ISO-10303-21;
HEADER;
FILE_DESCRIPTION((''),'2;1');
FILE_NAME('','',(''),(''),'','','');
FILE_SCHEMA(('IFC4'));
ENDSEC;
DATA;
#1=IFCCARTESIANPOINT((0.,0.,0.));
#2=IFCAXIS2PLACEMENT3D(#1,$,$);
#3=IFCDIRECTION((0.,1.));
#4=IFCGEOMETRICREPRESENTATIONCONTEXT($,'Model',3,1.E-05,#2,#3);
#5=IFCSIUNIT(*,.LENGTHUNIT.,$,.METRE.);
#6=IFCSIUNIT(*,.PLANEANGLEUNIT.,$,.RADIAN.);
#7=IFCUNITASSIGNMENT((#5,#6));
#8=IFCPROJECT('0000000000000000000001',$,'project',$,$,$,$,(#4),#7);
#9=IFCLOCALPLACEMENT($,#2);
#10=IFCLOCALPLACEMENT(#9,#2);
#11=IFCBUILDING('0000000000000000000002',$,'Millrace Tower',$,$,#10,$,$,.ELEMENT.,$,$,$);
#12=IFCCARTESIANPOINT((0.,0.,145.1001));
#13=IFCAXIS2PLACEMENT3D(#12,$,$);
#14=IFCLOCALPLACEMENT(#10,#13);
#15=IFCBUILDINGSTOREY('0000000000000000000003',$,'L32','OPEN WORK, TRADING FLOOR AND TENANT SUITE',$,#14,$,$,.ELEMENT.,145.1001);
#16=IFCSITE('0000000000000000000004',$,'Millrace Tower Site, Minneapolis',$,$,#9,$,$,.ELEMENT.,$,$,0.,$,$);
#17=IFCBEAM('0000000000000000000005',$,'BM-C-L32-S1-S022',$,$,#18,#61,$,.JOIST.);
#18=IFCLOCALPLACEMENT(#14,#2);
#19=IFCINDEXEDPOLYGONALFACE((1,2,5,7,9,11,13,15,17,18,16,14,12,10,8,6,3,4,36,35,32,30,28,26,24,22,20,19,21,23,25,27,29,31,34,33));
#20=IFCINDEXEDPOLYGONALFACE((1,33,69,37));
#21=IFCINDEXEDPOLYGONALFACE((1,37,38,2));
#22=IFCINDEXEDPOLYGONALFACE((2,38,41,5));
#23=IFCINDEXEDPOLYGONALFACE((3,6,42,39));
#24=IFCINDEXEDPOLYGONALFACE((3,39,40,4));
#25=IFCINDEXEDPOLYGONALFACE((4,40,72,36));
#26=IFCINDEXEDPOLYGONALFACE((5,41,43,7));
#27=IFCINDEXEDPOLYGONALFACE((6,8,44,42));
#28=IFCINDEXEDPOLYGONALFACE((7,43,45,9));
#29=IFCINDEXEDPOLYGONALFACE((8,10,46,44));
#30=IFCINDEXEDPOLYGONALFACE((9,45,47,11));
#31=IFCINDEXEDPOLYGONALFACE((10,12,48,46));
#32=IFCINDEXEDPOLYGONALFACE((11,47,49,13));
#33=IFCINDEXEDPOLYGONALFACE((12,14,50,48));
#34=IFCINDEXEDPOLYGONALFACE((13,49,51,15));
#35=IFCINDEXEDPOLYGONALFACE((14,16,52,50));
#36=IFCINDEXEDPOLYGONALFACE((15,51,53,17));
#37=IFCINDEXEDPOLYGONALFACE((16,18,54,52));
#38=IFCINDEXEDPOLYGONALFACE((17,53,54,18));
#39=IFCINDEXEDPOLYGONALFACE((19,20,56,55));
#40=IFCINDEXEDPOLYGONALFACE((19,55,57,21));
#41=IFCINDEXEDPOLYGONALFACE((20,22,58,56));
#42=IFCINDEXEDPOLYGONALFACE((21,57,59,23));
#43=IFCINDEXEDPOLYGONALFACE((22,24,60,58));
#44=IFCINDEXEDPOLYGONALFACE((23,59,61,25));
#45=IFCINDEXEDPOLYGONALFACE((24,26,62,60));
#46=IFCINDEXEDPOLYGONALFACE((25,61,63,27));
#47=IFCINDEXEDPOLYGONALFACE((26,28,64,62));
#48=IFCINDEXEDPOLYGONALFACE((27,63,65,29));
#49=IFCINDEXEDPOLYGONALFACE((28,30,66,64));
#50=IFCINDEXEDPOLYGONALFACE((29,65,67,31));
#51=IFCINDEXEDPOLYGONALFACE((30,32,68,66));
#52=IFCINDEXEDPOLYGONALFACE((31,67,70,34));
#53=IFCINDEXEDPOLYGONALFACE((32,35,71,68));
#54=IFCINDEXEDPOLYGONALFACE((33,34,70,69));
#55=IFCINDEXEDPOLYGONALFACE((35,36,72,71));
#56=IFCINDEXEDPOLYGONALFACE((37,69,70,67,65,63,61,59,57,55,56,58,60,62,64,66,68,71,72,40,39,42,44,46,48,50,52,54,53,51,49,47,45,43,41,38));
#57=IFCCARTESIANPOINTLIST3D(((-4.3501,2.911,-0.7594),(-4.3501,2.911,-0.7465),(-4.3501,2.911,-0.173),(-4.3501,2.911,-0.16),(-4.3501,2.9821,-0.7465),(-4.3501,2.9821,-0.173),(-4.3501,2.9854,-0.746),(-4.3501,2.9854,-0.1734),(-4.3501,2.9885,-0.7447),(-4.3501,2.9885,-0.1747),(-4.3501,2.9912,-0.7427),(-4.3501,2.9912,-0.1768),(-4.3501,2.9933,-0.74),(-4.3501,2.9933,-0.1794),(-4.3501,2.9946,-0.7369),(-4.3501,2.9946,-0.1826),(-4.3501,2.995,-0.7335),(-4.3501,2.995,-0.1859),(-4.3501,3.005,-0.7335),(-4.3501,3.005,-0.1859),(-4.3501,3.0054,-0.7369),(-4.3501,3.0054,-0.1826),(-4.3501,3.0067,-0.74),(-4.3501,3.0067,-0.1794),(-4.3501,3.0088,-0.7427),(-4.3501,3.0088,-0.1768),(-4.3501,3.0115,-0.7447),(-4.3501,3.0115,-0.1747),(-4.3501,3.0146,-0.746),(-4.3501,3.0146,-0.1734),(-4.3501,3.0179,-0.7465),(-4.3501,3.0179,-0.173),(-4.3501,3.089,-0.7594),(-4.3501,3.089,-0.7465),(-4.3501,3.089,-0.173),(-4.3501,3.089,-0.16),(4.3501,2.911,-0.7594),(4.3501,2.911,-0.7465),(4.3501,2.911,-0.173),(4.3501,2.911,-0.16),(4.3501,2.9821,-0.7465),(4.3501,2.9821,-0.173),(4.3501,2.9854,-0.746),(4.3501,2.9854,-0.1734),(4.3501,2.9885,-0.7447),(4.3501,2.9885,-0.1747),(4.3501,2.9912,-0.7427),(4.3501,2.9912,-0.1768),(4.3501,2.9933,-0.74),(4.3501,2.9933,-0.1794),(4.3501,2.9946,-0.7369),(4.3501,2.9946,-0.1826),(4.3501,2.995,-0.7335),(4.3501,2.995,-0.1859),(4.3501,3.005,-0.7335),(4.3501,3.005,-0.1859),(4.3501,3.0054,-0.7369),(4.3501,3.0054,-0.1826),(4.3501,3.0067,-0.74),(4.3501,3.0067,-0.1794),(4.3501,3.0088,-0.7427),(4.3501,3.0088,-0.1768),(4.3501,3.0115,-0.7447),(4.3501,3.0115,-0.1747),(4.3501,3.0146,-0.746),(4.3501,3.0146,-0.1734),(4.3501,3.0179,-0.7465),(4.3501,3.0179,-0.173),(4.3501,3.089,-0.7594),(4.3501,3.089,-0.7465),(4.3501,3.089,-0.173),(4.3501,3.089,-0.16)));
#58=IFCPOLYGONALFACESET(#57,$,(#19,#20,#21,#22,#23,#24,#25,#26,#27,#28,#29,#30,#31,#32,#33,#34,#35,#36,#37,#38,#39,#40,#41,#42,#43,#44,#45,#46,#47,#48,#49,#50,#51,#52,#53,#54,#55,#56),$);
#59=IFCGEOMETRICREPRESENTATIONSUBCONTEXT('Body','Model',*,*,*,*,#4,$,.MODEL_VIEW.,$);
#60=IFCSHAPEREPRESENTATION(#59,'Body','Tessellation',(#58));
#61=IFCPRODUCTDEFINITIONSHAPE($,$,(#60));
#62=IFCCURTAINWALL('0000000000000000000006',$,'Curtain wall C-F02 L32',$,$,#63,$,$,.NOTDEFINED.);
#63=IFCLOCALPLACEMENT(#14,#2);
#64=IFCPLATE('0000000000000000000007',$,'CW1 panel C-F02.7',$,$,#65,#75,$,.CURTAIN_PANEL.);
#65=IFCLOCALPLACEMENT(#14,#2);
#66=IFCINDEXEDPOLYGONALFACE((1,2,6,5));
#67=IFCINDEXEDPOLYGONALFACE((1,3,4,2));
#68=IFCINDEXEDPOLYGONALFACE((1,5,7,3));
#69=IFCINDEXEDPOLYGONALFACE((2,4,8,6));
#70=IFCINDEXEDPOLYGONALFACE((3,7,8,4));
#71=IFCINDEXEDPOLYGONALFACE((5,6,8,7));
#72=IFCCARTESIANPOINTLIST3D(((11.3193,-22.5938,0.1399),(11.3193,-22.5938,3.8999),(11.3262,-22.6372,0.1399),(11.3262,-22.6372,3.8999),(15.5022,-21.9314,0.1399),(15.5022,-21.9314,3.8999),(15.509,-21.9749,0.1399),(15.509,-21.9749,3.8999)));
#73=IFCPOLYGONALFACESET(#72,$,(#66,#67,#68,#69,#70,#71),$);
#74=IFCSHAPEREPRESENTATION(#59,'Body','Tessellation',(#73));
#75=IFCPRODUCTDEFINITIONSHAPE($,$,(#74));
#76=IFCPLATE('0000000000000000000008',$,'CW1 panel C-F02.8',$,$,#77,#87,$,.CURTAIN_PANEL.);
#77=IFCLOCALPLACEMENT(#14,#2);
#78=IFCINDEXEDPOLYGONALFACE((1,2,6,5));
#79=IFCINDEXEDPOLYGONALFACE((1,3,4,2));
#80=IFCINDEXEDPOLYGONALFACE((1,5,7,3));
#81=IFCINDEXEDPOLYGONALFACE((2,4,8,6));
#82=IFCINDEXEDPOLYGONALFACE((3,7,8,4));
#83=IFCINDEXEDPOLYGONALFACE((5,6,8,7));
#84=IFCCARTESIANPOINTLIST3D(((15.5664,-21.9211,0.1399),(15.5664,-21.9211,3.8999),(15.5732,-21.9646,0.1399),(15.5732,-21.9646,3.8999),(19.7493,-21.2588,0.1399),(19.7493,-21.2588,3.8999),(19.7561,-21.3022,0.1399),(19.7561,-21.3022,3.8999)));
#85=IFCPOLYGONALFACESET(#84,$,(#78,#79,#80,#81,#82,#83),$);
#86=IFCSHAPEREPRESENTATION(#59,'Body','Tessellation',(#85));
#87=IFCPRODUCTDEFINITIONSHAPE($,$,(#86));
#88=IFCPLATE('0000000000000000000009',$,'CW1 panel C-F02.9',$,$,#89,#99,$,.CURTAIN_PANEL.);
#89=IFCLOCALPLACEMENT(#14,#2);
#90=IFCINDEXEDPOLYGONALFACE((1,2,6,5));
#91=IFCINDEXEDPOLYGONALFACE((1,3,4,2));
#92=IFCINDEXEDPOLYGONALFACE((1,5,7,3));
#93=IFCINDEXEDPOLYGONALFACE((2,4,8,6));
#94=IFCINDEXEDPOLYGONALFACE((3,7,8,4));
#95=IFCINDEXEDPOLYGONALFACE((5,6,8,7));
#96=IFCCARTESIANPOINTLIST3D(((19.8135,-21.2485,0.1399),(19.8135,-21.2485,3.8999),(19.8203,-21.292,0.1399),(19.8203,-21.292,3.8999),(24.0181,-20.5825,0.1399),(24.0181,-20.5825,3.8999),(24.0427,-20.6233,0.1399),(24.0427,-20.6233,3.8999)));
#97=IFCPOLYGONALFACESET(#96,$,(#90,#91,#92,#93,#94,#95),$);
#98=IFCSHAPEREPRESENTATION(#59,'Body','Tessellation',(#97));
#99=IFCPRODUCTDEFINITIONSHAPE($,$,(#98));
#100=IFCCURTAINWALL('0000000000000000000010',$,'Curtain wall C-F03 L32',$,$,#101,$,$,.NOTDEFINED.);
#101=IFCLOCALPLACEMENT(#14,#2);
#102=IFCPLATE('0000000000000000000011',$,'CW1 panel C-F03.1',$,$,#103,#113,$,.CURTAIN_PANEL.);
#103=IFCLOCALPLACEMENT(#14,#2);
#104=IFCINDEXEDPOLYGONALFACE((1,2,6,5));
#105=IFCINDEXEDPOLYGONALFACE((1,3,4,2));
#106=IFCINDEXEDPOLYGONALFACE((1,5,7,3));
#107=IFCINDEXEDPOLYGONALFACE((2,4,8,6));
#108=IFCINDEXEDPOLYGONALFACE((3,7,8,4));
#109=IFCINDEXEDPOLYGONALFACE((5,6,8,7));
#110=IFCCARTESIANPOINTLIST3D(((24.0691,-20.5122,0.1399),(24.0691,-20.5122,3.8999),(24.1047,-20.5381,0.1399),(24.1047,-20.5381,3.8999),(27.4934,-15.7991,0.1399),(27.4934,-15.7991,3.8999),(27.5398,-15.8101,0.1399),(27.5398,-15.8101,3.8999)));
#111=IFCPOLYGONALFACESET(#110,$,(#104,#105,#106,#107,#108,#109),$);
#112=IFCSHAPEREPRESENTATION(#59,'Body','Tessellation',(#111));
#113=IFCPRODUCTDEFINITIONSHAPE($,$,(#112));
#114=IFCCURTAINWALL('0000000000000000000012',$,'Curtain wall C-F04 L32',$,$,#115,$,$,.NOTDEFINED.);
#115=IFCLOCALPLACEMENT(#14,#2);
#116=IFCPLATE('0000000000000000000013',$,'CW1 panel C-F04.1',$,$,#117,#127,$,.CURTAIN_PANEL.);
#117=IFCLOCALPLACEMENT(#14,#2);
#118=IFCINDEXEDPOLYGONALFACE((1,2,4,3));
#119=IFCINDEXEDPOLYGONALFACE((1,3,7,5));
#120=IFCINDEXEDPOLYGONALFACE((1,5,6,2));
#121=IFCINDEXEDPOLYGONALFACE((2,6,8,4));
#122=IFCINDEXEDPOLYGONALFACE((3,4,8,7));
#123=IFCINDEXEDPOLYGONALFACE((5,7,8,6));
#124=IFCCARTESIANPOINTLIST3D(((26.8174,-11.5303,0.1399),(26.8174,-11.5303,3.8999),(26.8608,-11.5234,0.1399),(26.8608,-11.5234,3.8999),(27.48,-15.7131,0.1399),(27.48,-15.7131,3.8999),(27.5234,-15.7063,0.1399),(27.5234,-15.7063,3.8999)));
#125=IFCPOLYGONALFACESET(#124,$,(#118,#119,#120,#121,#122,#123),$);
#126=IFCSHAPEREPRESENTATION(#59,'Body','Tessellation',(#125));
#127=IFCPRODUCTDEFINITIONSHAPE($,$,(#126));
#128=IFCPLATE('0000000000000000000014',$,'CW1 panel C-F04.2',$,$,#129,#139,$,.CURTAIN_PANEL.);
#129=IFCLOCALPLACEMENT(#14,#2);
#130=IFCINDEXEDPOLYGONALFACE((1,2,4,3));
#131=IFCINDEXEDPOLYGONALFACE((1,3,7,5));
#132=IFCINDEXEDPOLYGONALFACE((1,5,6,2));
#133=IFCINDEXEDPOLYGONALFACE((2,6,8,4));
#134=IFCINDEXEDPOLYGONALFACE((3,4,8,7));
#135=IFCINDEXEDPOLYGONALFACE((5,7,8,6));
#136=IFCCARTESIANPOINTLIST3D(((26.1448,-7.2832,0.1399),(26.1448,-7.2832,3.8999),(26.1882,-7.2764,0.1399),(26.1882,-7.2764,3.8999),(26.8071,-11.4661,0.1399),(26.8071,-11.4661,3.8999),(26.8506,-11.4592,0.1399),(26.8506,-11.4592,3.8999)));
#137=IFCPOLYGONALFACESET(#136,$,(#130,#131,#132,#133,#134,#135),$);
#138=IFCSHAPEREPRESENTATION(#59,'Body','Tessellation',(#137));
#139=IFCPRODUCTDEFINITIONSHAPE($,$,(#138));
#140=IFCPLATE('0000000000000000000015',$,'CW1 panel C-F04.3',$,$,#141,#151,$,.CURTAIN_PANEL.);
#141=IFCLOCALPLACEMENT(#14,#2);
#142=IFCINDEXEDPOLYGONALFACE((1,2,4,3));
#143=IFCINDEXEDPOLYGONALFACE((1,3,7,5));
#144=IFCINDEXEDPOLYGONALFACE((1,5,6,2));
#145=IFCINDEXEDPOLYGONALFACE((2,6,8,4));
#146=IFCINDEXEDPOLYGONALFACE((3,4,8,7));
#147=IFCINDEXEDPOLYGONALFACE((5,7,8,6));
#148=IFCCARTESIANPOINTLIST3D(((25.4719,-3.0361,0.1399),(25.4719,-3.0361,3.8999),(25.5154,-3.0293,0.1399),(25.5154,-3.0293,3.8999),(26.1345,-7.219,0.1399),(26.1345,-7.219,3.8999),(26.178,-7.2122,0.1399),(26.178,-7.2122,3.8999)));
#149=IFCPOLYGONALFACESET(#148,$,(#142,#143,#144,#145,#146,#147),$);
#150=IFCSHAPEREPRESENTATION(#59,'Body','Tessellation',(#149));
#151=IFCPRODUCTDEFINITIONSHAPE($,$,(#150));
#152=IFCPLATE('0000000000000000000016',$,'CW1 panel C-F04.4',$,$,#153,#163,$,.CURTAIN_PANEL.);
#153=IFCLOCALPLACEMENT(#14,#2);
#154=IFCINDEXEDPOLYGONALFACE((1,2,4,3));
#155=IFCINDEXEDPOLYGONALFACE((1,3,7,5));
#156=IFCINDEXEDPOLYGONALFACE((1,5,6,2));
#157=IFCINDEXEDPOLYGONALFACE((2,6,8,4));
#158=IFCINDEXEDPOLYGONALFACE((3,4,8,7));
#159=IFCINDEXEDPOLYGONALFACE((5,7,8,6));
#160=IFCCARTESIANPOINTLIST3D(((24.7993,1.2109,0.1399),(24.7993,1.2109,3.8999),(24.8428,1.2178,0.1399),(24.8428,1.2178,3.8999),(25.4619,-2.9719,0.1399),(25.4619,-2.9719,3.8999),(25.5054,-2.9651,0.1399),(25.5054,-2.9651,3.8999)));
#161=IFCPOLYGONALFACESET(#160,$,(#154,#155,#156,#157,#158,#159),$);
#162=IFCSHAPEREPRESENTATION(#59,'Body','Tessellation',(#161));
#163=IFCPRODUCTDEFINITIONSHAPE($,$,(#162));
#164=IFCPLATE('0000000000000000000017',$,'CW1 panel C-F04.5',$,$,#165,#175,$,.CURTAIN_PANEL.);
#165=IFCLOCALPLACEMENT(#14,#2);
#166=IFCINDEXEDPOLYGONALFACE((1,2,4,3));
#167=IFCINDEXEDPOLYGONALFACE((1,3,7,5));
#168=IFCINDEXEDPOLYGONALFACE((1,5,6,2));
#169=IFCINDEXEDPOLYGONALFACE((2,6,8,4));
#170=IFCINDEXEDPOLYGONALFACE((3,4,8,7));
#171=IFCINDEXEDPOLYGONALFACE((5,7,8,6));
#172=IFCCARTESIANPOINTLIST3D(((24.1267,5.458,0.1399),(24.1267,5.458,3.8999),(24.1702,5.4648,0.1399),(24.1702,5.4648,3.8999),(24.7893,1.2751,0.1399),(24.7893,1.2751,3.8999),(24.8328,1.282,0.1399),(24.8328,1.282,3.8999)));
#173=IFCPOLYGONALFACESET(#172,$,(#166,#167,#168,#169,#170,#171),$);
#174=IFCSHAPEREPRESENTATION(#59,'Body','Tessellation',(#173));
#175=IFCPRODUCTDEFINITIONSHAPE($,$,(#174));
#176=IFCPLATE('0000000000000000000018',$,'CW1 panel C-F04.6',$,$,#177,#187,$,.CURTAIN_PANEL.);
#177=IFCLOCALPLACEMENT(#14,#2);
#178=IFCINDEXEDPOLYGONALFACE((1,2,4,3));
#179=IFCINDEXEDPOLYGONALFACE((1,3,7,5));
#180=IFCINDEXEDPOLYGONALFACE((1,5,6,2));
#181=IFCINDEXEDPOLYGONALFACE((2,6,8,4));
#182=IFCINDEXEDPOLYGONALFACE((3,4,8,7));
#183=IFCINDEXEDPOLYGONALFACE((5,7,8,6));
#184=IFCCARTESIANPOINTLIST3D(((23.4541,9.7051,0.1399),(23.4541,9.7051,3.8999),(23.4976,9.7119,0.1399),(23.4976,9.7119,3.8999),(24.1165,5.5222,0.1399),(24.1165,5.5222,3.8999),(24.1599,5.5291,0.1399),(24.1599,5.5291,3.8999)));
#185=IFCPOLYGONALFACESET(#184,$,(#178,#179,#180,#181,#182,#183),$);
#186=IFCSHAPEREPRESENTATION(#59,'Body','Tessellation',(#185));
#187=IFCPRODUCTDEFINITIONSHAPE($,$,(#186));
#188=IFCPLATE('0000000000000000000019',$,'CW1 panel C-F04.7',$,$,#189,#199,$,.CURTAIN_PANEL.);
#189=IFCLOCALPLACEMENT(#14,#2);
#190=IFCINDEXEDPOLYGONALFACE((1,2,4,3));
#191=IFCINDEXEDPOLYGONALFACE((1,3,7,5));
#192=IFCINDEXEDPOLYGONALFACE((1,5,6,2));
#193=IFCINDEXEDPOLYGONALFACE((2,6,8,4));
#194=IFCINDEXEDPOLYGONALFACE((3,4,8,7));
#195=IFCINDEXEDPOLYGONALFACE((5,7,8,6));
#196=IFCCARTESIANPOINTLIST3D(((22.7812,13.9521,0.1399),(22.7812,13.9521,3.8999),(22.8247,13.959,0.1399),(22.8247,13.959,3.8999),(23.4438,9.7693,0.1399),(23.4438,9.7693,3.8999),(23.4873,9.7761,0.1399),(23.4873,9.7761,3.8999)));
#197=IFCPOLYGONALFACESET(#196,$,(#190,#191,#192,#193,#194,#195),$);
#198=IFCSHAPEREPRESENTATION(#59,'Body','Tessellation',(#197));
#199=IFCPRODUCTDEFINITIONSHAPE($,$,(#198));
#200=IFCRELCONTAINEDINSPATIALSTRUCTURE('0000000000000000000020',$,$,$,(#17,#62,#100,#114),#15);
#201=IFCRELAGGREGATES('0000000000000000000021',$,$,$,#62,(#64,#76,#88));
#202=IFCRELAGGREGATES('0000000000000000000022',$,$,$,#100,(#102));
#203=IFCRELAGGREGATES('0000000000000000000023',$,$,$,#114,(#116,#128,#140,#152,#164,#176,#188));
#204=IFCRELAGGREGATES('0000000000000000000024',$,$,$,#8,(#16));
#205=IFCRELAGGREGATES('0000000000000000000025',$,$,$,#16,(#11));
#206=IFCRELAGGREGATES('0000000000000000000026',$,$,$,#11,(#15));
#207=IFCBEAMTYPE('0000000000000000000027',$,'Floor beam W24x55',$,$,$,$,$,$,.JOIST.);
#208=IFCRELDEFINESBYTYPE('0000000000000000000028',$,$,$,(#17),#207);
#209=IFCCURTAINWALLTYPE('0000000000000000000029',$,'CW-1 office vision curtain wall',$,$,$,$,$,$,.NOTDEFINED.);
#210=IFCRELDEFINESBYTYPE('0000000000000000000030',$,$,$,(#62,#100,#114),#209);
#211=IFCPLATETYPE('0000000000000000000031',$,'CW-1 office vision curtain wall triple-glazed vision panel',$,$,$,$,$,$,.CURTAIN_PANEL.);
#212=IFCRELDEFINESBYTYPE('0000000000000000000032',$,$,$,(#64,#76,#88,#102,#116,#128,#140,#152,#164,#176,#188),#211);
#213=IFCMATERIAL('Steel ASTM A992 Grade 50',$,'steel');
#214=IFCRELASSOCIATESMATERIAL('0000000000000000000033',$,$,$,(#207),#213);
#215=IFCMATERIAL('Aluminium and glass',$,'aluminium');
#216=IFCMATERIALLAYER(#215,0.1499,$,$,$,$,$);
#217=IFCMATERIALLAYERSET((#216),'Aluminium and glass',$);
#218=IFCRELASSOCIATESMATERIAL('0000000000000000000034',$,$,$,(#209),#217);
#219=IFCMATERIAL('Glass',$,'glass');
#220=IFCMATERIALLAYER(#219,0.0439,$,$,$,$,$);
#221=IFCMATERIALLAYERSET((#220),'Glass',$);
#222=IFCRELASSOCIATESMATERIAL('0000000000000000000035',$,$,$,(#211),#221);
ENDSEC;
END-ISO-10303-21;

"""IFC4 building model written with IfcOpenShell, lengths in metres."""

from ifc_helpers import new_model, si_unit, direction, frame, origin, origin_2d, place, context, subcontext, project, spatial, polyline, i_section, outline, extrude, material, layer, layer_set, material_profile, profile_set, type_object, element, aggregate, save


model = new_model("IFC4")

# Units and contexts
model_context = context("Model", 3, precision=1e-05, world=origin(), true_north=direction((0.0, 1.0)))
body_context = subcontext(model_context, "Body", "Model", "MODEL_VIEW")
ifc_project = project(units=[si_unit("LENGTHUNIT", "METRE"), si_unit("PLANEANGLEUNIT", "RADIAN")], contexts=[model_context])

# Site, building, storey
site_placement = place(None, origin())
site = spatial("IfcSite", under=ifc_project, at=site_placement, Name="Millrace Tower Site, Minneapolis", CompositionType="ELEMENT", RefElevation=0.0)
building_placement = place(site_placement, origin())
building = spatial("IfcBuilding", under=site, at=building_placement, Name="Millrace Tower", CompositionType="ELEMENT")
storey_placement = place(building_placement, frame((0.0, 0.0, 145.1001)))
storey = spatial("IfcBuildingStorey", under=building, at=storey_placement, Name="L32", Description="OPEN WORK, TRADING FLOOR AND TENANT SUITE", CompositionType="ELEMENT", Elevation=145.1001)

# Beam
ifc_material_1 = material(Name="Steel ASTM A992 Grade 50", Category="steel")
ifc_material_profile = material_profile(ifc_material_1, i_section(OverallWidth=0.178, OverallDepth=0.5994, WebThickness=0.01, FlangeThickness=0.0129, FilletRadius=0.0129, at=origin_2d()))
ifc_profile_set = profile_set([ifc_material_profile], Name="Steel ASTM A992 Grade 50")
beam_type = type_object("IfcBeamType", Name="Floor beam W24x55", PredefinedType="JOIST", material=ifc_profile_set)
beam_placement = place(storey_placement, frame((-4.3501, 3.0, -0.4597), z_axis=(1.0, 0.0, 0.0), x_axis=(0.0, 1.0, 0.0)))
element("IfcBeam", 1, at=beam_placement, inside=storey, type_object=beam_type, Name="BM-C-L32-S1-S022", PredefinedType="JOIST", context=body_context, shape_type="SweptSolid", body=[
    extrude(i_section(OverallWidth=0.178, OverallDepth=0.5994, WebThickness=0.01, FlangeThickness=0.0129, FilletRadius=0.0129, at=origin_2d()), origin(), (0.0, 0.0, 1.0), 8.7002),
])

# Curtain wall, plates
ifc_material_2 = material(Name="Aluminium and glass", Category="aluminium")
ifc_layer_1 = layer(ifc_material_2, 0.1499)
ifc_layer_set_1 = layer_set([ifc_layer_1], Name="Aluminium and glass")
curtain_wall_type = type_object("IfcCurtainWallType", Name="CW-1 office vision curtain wall", PredefinedType="NOTDEFINED", material=ifc_layer_set_1)
placement_1 = place(storey_placement, origin())
curtain_wall_1 = element("IfcCurtainWall", 2, at=placement_1, inside=storey, type_object=curtain_wall_type, Name="Curtain wall C-F02 L32", PredefinedType="NOTDEFINED")
ifc_material_3 = material(Name="Glass", Category="glass")
ifc_layer_2 = layer(ifc_material_3, 0.0439)
ifc_layer_set_2 = layer_set([ifc_layer_2], Name="Glass")
plate_type = type_object("IfcPlateType", Name="CW-1 office vision curtain wall triple-glazed vision panel", PredefinedType="CURTAIN_PANEL", material=ifc_layer_set_2)
placement_2 = place(storey_placement, frame((0.0, 0.0, 0.1399)))
plate_1 = element("IfcPlate", 3, at=placement_2, type_object=plate_type, Name="CW1 panel C-F02.7", PredefinedType="CURTAIN_PANEL", context=body_context, shape_type="SweptSolid", body=[
    extrude(outline(polyline([(11.3262, -22.6372), (15.509, -21.9749), (15.5022, -21.9314), (11.3193, -22.5938), (11.3262, -22.6372)])), origin(), (0.0, 0.0, 1.0), 3.76),
])
plate_2 = element("IfcPlate", 4, at=placement_2, type_object=plate_type, Name="CW1 panel C-F02.8", PredefinedType="CURTAIN_PANEL", context=body_context, shape_type="SweptSolid", body=[
    extrude(outline(polyline([(15.5732, -21.9646), (19.7561, -21.3022), (19.7493, -21.2588), (15.5664, -21.9211), (15.5732, -21.9646)])), origin(), (0.0, 0.0, 1.0), 3.76),
])
plate_3 = element("IfcPlate", 5, at=placement_2, type_object=plate_type, Name="CW1 panel C-F02.9", PredefinedType="CURTAIN_PANEL", context=body_context, shape_type="SweptSolid", body=[
    extrude(outline(polyline([(19.8203, -21.292), (24.0427, -20.6233), (24.0181, -20.5825), (19.8135, -21.2485), (19.8203, -21.292)])), origin(), (0.0, 0.0, 1.0), 3.76),
])
aggregate(curtain_wall_1, [plate_1, plate_2, plate_3])

# Curtain wall, plate
curtain_wall_2 = element("IfcCurtainWall", 6, at=placement_1, inside=storey, type_object=curtain_wall_type, Name="Curtain wall C-F03 L32", PredefinedType="NOTDEFINED")
plate_4 = element("IfcPlate", 7, at=placement_2, type_object=plate_type, Name="CW1 panel C-F03.1", PredefinedType="CURTAIN_PANEL", context=body_context, shape_type="SweptSolid", body=[
    extrude(outline(polyline([(24.1047, -20.5381), (27.5398, -15.8101), (27.4934, -15.7991), (24.0691, -20.5122), (24.1047, -20.5381)])), origin(), (0.0, 0.0, 1.0), 3.76),
])
aggregate(curtain_wall_2, [plate_4])

# Curtain wall, plates
curtain_wall_3 = element("IfcCurtainWall", 8, at=placement_1, inside=storey, type_object=curtain_wall_type, Name="Curtain wall C-F04 L32", PredefinedType="NOTDEFINED")
plate_5 = element("IfcPlate", 9, at=placement_2, type_object=plate_type, Name="CW1 panel C-F04.1", PredefinedType="CURTAIN_PANEL", context=body_context, shape_type="SweptSolid", body=[
    extrude(outline(polyline([(27.5234, -15.7063), (26.8608, -11.5234), (26.8174, -11.5303), (27.48, -15.7131), (27.5234, -15.7063)])), origin(), (0.0, 0.0, 1.0), 3.76),
])
plate_6 = element("IfcPlate", 10, at=placement_2, type_object=plate_type, Name="CW1 panel C-F04.2", PredefinedType="CURTAIN_PANEL", context=body_context, shape_type="SweptSolid", body=[
    extrude(outline(polyline([(26.8506, -11.4592), (26.1882, -7.2764), (26.1448, -7.2832), (26.8071, -11.4661), (26.8506, -11.4592)])), origin(), (0.0, 0.0, 1.0), 3.76),
])
plate_7 = element("IfcPlate", 11, at=placement_2, type_object=plate_type, Name="CW1 panel C-F04.3", PredefinedType="CURTAIN_PANEL", context=body_context, shape_type="SweptSolid", body=[
    extrude(outline(polyline([(26.178, -7.2122), (25.5154, -3.0293), (25.4719, -3.0361), (26.1345, -7.219), (26.178, -7.2122)])), origin(), (0.0, 0.0, 1.0), 3.76),
])
plate_8 = element("IfcPlate", 12, at=placement_2, type_object=plate_type, Name="CW1 panel C-F04.4", PredefinedType="CURTAIN_PANEL", context=body_context, shape_type="SweptSolid", body=[
    extrude(outline(polyline([(25.5054, -2.9651), (24.8428, 1.2178), (24.7993, 1.2109), (25.4619, -2.9719), (25.5054, -2.9651)])), origin(), (0.0, 0.0, 1.0), 3.76),
])
plate_9 = element("IfcPlate", 13, at=placement_2, type_object=plate_type, Name="CW1 panel C-F04.5", PredefinedType="CURTAIN_PANEL", context=body_context, shape_type="SweptSolid", body=[
    extrude(outline(polyline([(24.8328, 1.282), (24.1702, 5.4648), (24.1267, 5.458), (24.7893, 1.2751), (24.8328, 1.282)])), origin(), (0.0, 0.0, 1.0), 3.76),
])
plate_10 = element("IfcPlate", 14, at=placement_2, type_object=plate_type, Name="CW1 panel C-F04.6", PredefinedType="CURTAIN_PANEL", context=body_context, shape_type="SweptSolid", body=[
    extrude(outline(polyline([(24.1599, 5.5291), (23.4976, 9.7119), (23.4541, 9.7051), (24.1165, 5.5222), (24.1599, 5.5291)])), origin(), (0.0, 0.0, 1.0), 3.76),
])
plate_11 = element("IfcPlate", 15, at=placement_2, type_object=plate_type, Name="CW1 panel C-F04.7", PredefinedType="CURTAIN_PANEL", context=body_context, shape_type="SweptSolid", body=[
    extrude(outline(polyline([(23.4873, 9.7761), (22.8247, 13.959), (22.7812, 13.9521), (23.4438, 9.7693), (23.4873, 9.7761)])), origin(), (0.0, 0.0, 1.0), 3.76),
])
aggregate(curtain_wall_3, [plate_5, plate_6, plate_7, plate_8, plate_9, plate_10, plate_11])

save(model, "model.ifc")
